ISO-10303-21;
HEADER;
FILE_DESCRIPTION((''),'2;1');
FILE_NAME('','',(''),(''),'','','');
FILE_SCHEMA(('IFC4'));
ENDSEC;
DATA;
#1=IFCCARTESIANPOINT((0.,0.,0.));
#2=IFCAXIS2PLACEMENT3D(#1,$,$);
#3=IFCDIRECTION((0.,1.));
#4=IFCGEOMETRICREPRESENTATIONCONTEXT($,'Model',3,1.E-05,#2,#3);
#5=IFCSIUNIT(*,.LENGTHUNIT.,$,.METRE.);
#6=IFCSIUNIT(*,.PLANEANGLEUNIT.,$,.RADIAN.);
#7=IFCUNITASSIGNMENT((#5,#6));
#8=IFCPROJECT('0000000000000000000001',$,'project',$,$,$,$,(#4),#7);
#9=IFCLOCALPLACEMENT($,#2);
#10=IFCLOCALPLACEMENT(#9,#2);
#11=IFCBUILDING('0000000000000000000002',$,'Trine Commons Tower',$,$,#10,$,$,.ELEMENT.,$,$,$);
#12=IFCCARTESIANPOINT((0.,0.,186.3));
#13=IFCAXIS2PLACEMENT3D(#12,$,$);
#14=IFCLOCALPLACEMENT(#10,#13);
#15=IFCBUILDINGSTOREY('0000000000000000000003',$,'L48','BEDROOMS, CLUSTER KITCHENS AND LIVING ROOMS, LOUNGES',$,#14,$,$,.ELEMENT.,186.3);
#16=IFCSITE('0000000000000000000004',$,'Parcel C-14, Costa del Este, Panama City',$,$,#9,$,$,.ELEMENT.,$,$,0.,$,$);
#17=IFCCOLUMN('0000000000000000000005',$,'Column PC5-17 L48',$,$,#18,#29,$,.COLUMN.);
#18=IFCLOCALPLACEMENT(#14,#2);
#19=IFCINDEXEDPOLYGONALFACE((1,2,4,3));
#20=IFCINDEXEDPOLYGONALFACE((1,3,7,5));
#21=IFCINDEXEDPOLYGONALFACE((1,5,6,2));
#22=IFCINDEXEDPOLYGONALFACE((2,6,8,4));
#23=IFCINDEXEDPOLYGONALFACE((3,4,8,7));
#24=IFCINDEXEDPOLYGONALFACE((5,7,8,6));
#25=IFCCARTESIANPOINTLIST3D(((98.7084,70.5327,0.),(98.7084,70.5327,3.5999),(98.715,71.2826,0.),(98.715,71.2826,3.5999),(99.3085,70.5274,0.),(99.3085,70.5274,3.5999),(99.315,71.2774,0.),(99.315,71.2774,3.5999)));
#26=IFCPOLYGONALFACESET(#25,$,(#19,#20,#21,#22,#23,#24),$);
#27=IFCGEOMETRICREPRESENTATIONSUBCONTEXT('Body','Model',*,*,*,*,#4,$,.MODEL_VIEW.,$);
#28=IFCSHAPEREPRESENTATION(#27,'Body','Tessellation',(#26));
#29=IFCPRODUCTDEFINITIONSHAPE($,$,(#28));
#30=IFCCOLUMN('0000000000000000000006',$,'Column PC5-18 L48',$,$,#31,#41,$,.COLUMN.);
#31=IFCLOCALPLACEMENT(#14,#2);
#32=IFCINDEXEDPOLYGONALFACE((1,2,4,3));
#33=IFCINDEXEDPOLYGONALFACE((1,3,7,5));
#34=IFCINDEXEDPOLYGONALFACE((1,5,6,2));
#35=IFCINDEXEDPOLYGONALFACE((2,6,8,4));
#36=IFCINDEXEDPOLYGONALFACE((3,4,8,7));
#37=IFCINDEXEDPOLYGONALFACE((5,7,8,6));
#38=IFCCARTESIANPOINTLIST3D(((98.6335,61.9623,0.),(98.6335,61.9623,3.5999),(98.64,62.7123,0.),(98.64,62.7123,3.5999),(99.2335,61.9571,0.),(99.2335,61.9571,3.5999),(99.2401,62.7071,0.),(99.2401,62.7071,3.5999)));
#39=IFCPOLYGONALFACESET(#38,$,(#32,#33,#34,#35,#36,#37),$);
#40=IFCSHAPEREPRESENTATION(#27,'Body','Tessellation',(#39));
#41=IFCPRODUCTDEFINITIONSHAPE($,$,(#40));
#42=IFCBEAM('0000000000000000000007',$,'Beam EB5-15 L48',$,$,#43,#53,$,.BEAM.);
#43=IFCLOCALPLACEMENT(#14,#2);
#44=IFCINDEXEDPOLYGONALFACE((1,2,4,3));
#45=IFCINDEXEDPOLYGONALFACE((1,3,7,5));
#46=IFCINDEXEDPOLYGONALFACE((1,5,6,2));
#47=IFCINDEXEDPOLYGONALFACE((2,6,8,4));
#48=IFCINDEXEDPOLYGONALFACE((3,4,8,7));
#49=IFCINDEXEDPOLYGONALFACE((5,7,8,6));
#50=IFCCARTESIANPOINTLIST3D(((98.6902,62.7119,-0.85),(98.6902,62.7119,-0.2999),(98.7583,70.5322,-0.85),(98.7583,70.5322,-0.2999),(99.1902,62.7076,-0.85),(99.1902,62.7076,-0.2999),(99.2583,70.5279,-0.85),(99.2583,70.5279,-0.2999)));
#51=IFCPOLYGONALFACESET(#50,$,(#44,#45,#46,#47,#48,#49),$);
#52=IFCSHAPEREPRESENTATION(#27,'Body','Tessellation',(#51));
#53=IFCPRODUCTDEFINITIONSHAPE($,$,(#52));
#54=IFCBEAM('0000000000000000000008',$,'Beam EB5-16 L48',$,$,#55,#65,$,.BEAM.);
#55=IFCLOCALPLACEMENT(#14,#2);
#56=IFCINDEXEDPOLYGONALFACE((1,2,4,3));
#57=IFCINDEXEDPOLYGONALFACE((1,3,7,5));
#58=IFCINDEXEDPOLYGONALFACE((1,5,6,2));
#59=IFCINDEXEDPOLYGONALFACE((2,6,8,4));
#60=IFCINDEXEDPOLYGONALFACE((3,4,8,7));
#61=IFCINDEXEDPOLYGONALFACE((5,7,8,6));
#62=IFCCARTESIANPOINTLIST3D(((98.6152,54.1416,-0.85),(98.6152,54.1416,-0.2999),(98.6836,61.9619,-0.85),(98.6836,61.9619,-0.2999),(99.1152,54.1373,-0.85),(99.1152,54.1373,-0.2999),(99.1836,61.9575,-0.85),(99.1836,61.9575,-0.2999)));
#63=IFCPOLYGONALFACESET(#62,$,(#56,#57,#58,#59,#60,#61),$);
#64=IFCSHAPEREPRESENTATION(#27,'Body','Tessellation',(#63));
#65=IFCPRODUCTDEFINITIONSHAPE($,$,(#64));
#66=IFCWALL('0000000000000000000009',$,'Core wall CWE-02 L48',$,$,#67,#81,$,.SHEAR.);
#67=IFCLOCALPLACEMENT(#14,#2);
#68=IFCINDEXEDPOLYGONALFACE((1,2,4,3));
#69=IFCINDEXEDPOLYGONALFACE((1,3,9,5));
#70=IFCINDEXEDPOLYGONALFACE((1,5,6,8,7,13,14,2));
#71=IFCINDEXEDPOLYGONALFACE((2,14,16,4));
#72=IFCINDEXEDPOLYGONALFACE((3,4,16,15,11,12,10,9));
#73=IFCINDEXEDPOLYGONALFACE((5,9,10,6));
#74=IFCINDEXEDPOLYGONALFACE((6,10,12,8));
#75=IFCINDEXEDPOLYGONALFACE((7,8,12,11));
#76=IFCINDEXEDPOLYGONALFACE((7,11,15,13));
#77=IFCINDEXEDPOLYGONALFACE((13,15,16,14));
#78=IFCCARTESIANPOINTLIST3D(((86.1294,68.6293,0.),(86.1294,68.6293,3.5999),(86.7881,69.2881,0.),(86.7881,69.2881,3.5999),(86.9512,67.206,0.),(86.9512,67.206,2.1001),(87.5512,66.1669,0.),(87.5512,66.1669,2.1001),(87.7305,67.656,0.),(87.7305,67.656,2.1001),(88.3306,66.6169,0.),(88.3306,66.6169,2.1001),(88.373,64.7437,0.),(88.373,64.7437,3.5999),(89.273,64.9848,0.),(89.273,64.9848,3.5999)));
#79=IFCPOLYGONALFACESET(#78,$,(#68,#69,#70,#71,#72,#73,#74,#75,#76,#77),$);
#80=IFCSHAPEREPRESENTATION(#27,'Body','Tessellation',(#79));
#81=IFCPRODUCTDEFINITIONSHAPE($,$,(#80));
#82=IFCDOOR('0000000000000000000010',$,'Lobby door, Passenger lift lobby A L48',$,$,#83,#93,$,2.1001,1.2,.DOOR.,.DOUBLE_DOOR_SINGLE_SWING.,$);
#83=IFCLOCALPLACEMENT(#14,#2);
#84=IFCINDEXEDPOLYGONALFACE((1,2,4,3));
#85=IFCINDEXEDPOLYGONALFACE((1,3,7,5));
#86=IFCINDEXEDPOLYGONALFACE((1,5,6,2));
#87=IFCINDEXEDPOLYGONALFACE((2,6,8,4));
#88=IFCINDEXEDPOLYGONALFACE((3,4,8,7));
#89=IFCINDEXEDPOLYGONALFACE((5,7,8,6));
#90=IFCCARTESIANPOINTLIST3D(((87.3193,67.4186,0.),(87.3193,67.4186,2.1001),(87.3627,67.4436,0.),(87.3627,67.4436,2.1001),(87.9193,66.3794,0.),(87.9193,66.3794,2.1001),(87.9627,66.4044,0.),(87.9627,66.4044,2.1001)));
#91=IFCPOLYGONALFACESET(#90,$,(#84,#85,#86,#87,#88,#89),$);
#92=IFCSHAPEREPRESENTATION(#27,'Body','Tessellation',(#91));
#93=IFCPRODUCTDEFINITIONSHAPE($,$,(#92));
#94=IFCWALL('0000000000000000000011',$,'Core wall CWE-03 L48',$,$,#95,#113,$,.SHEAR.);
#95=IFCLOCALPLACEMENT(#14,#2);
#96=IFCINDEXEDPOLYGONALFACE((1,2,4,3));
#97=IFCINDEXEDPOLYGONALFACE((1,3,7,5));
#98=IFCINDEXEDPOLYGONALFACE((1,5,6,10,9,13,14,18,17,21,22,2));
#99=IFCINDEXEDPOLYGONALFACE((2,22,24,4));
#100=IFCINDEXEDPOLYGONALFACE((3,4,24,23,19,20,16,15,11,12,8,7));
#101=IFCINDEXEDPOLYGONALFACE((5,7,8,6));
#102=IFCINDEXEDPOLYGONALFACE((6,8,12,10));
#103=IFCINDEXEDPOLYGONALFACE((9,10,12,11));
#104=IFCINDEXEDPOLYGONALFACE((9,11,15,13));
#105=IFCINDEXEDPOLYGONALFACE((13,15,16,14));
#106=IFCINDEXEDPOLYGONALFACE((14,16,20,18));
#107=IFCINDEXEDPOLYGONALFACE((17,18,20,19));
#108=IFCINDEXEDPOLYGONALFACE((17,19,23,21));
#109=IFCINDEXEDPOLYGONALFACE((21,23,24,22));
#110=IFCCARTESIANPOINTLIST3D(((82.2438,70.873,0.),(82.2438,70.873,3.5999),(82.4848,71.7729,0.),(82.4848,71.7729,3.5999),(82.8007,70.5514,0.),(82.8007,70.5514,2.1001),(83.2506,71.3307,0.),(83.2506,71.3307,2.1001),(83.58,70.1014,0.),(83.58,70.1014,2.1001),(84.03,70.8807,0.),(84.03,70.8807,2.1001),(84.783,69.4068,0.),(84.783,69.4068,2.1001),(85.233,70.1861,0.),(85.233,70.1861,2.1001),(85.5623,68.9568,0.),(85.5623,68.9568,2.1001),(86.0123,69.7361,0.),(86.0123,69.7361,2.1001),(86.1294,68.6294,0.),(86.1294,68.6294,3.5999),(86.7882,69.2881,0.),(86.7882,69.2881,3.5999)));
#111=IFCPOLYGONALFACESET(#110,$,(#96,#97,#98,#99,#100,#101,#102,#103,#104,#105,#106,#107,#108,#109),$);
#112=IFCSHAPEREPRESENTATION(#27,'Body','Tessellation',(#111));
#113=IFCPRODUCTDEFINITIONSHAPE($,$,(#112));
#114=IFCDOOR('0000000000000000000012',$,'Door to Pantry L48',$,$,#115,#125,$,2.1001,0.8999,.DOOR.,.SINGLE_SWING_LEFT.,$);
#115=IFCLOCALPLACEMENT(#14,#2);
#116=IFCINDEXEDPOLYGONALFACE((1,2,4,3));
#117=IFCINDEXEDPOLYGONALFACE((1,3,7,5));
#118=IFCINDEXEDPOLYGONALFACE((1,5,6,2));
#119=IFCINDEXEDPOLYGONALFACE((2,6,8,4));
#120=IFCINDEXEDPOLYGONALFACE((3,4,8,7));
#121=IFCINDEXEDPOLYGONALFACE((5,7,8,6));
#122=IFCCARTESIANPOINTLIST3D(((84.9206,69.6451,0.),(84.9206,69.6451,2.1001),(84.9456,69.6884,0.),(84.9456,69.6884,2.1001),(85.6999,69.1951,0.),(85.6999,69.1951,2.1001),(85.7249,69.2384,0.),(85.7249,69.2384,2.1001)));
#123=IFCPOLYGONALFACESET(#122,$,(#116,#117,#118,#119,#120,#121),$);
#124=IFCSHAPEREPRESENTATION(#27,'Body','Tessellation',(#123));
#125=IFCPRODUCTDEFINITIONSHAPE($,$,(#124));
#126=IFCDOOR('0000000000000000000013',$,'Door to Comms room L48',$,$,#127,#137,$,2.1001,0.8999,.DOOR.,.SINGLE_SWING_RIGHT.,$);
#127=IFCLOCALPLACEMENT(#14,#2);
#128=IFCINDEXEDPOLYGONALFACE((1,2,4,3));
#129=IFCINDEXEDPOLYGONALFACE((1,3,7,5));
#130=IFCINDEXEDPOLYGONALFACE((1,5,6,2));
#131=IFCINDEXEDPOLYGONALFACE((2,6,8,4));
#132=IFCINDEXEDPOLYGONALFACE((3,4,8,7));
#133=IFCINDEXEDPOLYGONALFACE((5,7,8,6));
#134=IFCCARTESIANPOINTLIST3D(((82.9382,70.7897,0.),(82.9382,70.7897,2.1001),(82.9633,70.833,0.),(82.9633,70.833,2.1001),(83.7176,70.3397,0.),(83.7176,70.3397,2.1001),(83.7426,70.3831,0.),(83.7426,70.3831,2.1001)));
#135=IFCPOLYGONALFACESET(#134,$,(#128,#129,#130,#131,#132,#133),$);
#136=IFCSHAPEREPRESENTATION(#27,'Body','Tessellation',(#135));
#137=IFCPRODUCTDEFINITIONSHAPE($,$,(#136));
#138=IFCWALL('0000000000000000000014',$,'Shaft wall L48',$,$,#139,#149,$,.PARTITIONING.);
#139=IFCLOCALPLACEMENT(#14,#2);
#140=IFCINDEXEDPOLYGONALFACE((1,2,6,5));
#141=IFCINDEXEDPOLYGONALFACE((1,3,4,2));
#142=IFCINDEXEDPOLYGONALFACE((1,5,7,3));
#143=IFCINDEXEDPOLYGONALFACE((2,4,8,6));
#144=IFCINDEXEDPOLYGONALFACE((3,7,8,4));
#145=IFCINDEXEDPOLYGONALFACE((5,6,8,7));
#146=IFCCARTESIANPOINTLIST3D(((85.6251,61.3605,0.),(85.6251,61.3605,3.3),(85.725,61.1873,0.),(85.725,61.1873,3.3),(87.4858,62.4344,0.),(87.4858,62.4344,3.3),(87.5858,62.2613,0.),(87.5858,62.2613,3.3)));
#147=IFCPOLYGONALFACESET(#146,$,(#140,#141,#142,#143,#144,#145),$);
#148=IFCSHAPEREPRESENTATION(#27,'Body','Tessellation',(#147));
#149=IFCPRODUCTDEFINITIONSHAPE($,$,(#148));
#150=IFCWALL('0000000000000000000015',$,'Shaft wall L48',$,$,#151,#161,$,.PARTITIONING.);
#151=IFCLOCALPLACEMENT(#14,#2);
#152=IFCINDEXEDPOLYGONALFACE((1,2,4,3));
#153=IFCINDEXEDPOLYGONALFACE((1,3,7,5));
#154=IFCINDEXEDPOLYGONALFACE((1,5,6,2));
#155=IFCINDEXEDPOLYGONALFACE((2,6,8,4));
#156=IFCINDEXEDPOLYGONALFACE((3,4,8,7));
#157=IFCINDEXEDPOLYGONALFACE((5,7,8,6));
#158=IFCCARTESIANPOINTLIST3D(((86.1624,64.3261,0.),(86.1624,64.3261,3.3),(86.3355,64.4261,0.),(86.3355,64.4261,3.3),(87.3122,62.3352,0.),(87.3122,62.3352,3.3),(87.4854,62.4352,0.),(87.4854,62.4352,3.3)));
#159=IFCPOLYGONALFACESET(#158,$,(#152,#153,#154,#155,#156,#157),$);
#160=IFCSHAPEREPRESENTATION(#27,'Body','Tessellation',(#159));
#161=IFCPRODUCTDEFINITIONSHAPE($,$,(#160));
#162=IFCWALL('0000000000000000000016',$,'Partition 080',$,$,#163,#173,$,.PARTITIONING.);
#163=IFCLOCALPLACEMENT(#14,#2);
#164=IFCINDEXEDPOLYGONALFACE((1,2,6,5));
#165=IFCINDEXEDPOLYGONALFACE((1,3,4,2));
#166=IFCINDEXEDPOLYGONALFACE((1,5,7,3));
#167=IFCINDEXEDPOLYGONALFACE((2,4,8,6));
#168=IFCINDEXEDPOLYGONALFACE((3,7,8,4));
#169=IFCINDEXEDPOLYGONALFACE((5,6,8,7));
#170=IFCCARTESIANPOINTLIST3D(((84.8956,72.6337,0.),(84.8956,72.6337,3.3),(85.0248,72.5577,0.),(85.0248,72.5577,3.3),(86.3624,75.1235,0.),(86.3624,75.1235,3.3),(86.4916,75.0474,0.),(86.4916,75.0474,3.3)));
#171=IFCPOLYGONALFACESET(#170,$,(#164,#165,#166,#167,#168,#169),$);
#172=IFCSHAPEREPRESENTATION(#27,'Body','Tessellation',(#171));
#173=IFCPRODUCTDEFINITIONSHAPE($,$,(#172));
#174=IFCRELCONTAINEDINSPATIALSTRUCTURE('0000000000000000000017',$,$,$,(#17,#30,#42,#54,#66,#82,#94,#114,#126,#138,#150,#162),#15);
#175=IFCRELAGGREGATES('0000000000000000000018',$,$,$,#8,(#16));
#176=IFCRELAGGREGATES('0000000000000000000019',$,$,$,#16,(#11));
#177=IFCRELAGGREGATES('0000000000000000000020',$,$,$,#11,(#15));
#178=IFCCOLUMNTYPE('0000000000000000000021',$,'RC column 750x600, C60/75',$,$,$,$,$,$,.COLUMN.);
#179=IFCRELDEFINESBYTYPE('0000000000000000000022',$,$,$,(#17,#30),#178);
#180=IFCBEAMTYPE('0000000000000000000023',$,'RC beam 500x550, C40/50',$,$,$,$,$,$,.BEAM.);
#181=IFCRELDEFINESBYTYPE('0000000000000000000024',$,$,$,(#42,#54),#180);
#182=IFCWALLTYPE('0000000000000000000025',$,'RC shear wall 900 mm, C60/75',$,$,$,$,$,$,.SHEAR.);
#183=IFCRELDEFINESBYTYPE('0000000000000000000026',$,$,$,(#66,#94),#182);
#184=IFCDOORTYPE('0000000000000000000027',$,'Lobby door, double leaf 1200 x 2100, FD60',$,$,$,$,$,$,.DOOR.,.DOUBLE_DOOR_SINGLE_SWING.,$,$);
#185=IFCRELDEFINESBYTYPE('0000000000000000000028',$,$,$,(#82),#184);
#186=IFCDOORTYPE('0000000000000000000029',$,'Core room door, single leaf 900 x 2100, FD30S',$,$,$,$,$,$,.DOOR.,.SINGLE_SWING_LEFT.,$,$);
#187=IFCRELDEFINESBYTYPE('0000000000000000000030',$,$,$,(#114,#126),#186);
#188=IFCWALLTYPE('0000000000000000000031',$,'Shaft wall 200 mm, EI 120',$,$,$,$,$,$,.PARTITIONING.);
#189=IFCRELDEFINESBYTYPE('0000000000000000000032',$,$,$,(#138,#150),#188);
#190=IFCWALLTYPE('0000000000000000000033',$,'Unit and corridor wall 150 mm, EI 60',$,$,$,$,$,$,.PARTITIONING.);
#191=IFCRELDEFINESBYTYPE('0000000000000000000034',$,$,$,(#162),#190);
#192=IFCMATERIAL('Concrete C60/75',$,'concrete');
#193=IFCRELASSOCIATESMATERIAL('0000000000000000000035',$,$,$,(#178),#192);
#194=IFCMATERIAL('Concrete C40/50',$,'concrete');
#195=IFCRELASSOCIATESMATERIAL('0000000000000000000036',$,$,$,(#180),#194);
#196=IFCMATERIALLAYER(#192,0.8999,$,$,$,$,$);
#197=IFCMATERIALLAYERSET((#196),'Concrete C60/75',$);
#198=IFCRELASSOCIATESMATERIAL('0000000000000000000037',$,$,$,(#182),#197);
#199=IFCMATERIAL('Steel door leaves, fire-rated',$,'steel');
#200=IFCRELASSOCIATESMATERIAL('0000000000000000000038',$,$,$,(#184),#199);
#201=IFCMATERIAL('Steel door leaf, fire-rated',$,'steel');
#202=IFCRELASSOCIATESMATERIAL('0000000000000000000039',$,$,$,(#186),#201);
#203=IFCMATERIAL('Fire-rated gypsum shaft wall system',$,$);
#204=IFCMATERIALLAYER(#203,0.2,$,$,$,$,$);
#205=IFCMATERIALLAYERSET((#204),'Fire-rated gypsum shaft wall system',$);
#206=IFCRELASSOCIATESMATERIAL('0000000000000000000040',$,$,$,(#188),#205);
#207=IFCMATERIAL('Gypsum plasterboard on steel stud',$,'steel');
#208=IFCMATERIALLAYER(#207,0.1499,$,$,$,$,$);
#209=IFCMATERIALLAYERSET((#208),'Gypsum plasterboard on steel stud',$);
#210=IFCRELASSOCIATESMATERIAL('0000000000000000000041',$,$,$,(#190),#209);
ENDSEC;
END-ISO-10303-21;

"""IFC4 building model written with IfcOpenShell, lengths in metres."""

from ifc_helpers import new_model, si_unit, direction, frame, frame_2d, origin, origin_2d, place, context, subcontext, project, spatial, polyline, rectangle, outline, extrude, material, layer, layer_set, material_profile, profile_set, type_object, element, fill, save


model = new_model("IFC4")

# Units and contexts
model_context = context("Model", 3, precision=1e-05, world=origin(), true_north=direction((0.0, 1.0)))
body_context = subcontext(model_context, "Body", "Model", "MODEL_VIEW")
ifc_project = project(units=[si_unit("LENGTHUNIT", "METRE"), si_unit("PLANEANGLEUNIT", "RADIAN")], contexts=[model_context])

# Site, building, storey
site_placement = place(None, origin())
site = spatial("IfcSite", under=ifc_project, at=site_placement, Name="Parcel C-14, Costa del Este, Panama City", CompositionType="ELEMENT", RefElevation=0.0)
building_placement = place(site_placement, origin())
building = spatial("IfcBuilding", under=site, at=building_placement, Name="Trine Commons Tower", CompositionType="ELEMENT")
storey_placement = place(building_placement, frame((0.0, 0.0, 186.3)))
storey = spatial("IfcBuildingStorey", under=building, at=storey_placement, Name="L48", Description="BEDROOMS, CLUSTER KITCHENS AND LIVING ROOMS, LOUNGES", CompositionType="ELEMENT", Elevation=186.3)

# Columns
ifc_material_1 = material(Name="Concrete C60/75", Category="concrete")
ifc_material_profile_1 = material_profile(ifc_material_1, rectangle(XDim=0.75, YDim=0.6001, at=origin_2d()), Name="RC 750x600")
ifc_profile_set_1 = profile_set([ifc_material_profile_1], Name="Concrete C60/75")
column_type = type_object("IfcColumnType", Name="RC column 750x600, C60/75", PredefinedType="COLUMN", material=ifc_profile_set_1)
for number, where, z_axis, x_axis, name in (
    (1, (99.0117, 70.905, 0.0), (0.0, 0.0, 1.0), (0.008727, 0.999962, 0.0), "Column PC5-17 L48"),
    (2, (98.9368, 62.3347, 0.0), (0.0, 0.0, 1.0), (0.008727, 0.999962, 0.0), "Column PC5-18 L48"),
):
    element("IfcColumn", number, at=place(storey_placement, frame(where, z_axis=z_axis, x_axis=x_axis)), inside=storey, type_object=column_type, Name=name, PredefinedType="COLUMN", context=body_context, shape_type="SweptSolid", body=[
        extrude(rectangle(XDim=0.75, YDim=0.6001, at=origin_2d()), origin(), (0.0, 0.0, 1.0), 3.5999),
    ])

# Beams
ifc_material_2 = material(Name="Concrete C40/50", Category="concrete")
ifc_material_profile_2 = material_profile(ifc_material_2, rectangle(XDim=0.5, YDim=0.55, at=origin_2d()), Name="RC 500x550")
ifc_profile_set_2 = profile_set([ifc_material_profile_2], Name="Concrete C40/50")
beam_type = type_object("IfcBeamType", Name="RC beam 500x550, C40/50", PredefinedType="BEAM", material=ifc_profile_set_2)
for number, where, z_axis, x_axis, name in (
    (3, (99.0083, 70.53, -0.575), (-0.00871, -0.999962, 0.0), (0.999962, -0.00871, 0.0), "Beam EB5-15 L48"),
    (4, (98.9336, 61.9597, -0.575), (-0.008741, -0.999962, 0.0), (0.999962, -0.008741, 0.0), "Beam EB5-16 L48"),
):
    element("IfcBeam", number, at=place(storey_placement, frame(where, z_axis=z_axis, x_axis=x_axis)), inside=storey, type_object=beam_type, Name=name, PredefinedType="BEAM", context=body_context, shape_type="SweptSolid", body=[
        extrude(rectangle(XDim=0.5, YDim=0.55, at=origin_2d()), origin(), (0.0, 0.0, 1.0), 7.8206),
    ])

# Wall, opening, door
ifc_layer_1 = layer(ifc_material_1, 0.8999)
ifc_layer_set_1 = layer_set([ifc_layer_1], Name="Concrete C60/75")
wall_type_1 = type_object("IfcWallType", Name="RC shear wall 900 mm, C60/75", PredefinedType="SHEAR", material=ifc_layer_set_1)
wall_1_placement = place(storey_placement, frame((88.8833, 64.7598, 0.0), z_axis=(0.0, 0.0, 1.0), x_axis=(-0.500039, 0.866003, 0.0)))
wall_1 = element("IfcWall", 5, at=wall_1_placement, inside=storey, type_object=wall_type_1, Name="Core wall CWE-02 L48", PredefinedType="SHEAR", context=body_context, shape_type="SweptSolid", body=[
    extrude(outline(polyline([(0.0, -0.45), (4.9692, -0.45), (4.728, 0.45), (0.2412, 0.45), (0.0, -0.45)])), origin(), (0.0, 0.0, 1.0), 3.5999),
])
opening_1_placement = place(wall_1_placement, frame((1.8845, 0.0, 0.0)))
opening_1 = element("IfcOpeningElement", 6, at=opening_1_placement, cuts=wall_1, PredefinedType="OPENING", context=body_context, shape_type="SweptSolid", body=[
    extrude(rectangle(XDim=1.2, YDim=2.1001, at=frame_2d((0.6001, 1.05))), frame((0.0, 0.46, 0.0), z_axis=(0.0, -1.0, 0.0), x_axis=(1.0, 0.0, 0.0)), (0.0, 0.0, 1.0), 0.9199),
])
ifc_material_3 = material(Name="Steel door leaves, fire-rated", Category="steel")
door_type_1 = type_object("IfcDoorType", Name="Lobby door, double leaf 1200 x 2100, FD60", OperationType="DOUBLE_DOOR_SINGLE_SWING", PredefinedType="DOOR", material=ifc_material_3)
door_1_placement = place(opening_1_placement, origin())
door_1 = element("IfcDoor", 7, at=door_1_placement, inside=storey, type_object=door_type_1, Name="Lobby door, Passenger lift lobby A L48", OperationType="DOUBLE_DOOR_SINGLE_SWING", OverallHeight=2.1001, OverallWidth=1.2, PredefinedType="DOOR", context=body_context, shape_type="SweptSolid", body=[
    extrude(rectangle(XDim=1.2, YDim=2.1001, at=frame_2d((0.6001, 1.05))), frame((0.0, 0.0249, 0.0), z_axis=(0.0, -1.0, 0.0), x_axis=(1.0, 0.0, 0.0)), (0.0, 0.0, 1.0), 0.05),
])
fill(opening_1, door_1)

# Wall, openings, doors
wall_2_placement = place(storey_placement, frame((86.5632, 68.8984, 0.0), z_axis=(0.0, 0.0, 1.0), x_axis=(-0.866003, 0.500039, 0.0)))
wall_2 = element("IfcWall", 8, at=wall_2_placement, inside=storey, type_object=wall_type_1, Name="Core wall CWE-03 L48", PredefinedType="SHEAR", context=body_context, shape_type="SweptSolid", body=[
    extrude(outline(polyline([(0.0, -0.45), (4.9692, -0.45), (4.728, 0.45), (0.2412, 0.45), (0.0, -0.45)])), origin(), (0.0, 0.0, 1.0), 3.5999),
])
opening_2_placement = place(wall_2_placement, frame((0.896, 0.0, 0.0)))
opening_2 = element("IfcOpeningElement", 9, at=opening_2_placement, cuts=wall_2, PredefinedType="OPENING", context=body_context, shape_type="SweptSolid", body=[
    extrude(rectangle(XDim=0.8999, YDim=2.1001, at=frame_2d((0.45, 1.05))), frame((0.0, 0.46, 0.0), z_axis=(0.0, -1.0, 0.0), x_axis=(1.0, 0.0, 0.0)), (0.0, 0.0, 1.0), 0.9199),
])
opening_3_placement = place(wall_2_placement, frame((3.1851, 0.0, 0.0)))
opening_3 = element("IfcOpeningElement", 10, at=opening_3_placement, cuts=wall_2, PredefinedType="OPENING", context=body_context, shape_type="SweptSolid", body=[
    extrude(rectangle(XDim=0.8999, YDim=2.1001, at=frame_2d((0.45, 1.05))), frame((0.0, 0.46, 0.0), z_axis=(0.0, -1.0, 0.0), x_axis=(1.0, 0.0, 0.0)), (0.0, 0.0, 1.0), 0.9199),
])
ifc_material_4 = material(Name="Steel door leaf, fire-rated", Category="steel")
door_type_2 = type_object("IfcDoorType", Name="Core room door, single leaf 900 x 2100, FD30S", OperationType="SINGLE_SWING_LEFT", PredefinedType="DOOR", material=ifc_material_4)
door_2_placement = place(opening_2_placement, origin())
door_2 = element("IfcDoor", 11, at=door_2_placement, inside=storey, type_object=door_type_2, Name="Door to Pantry L48", OperationType="SINGLE_SWING_LEFT", OverallHeight=2.1001, OverallWidth=0.8999, PredefinedType="DOOR", context=body_context, shape_type="SweptSolid", body=[
    extrude(rectangle(XDim=0.8999, YDim=2.1001, at=frame_2d((0.45, 1.05))), frame((0.0, 0.1748, 0.0), z_axis=(0.0, -1.0, 0.0), x_axis=(1.0, 0.0, 0.0)), (0.0, 0.0, 1.0), 0.05),
])
fill(opening_2, door_2)
door_3_placement = place(opening_3_placement, origin())
door_3 = element("IfcDoor", 12, at=door_3_placement, inside=storey, type_object=door_type_2, Name="Door to Comms room L48", OperationType="SINGLE_SWING_RIGHT", OverallHeight=2.1001, OverallWidth=0.8999, PredefinedType="DOOR", context=body_context, shape_type="SweptSolid", body=[
    extrude(rectangle(XDim=0.8999, YDim=2.1001, at=frame_2d((0.45, 1.05))), frame((0.0, 0.1748, 0.0), z_axis=(0.0, -1.0, 0.0), x_axis=(1.0, 0.0, 0.0)), (0.0, 0.0, 1.0), 0.05),
])
fill(opening_3, door_3)

# Walls
ifc_material_5 = material(Name="Fire-rated gypsum shaft wall system")
ifc_layer_2 = layer(ifc_material_5, 0.2)
ifc_layer_set_2 = layer_set([ifc_layer_2], Name="Fire-rated gypsum shaft wall system")
wall_type_2 = type_object("IfcWallType", Name="Shaft wall 200 mm, EI 120", PredefinedType="PARTITIONING", material=ifc_layer_set_2)
wall_3_placement = place(storey_placement, frame((85.675, 61.2739, 0.0), z_axis=(0.0, 0.0, 1.0), x_axis=(0.866102, 0.499867, 0.0)))
element("IfcWall", 13, at=wall_3_placement, inside=storey, type_object=wall_type_2, Name="Shaft wall L48", PredefinedType="PARTITIONING", context=body_context, shape_type="SweptSolid", body=[
    extrude(rectangle(XDim=2.1484, YDim=0.2, at=frame_2d((1.0742, 0.0))), origin(), (0.0, 0.0, 1.0), 3.3),
])
wall_4_placement = place(storey_placement, frame((86.249, 64.376, 0.0), z_axis=(0.0, 0.0, 1.0), x_axis=(0.500136, -0.865947, 0.0)))
element("IfcWall", 14, at=wall_4_placement, inside=storey, type_object=wall_type_2, Name="Shaft wall L48", PredefinedType="PARTITIONING", context=body_context, shape_type="SweptSolid", body=[
    extrude(rectangle(XDim=2.2991, YDim=0.2, at=frame_2d((1.1494, 0.0))), origin(), (0.0, 0.0, 1.0), 3.3),
])
ifc_material_6 = material(Name="Gypsum plasterboard on steel stud", Category="steel")
ifc_layer_3 = layer(ifc_material_6, 0.1499)
ifc_layer_set_3 = layer_set([ifc_layer_3], Name="Gypsum plasterboard on steel stud")
wall_type_3 = type_object("IfcWallType", Name="Unit and corridor wall 150 mm, EI 60", PredefinedType="PARTITIONING", material=ifc_layer_set_3)
wall_5_placement = place(storey_placement, frame((84.9602, 72.5957, 0.0), z_axis=(0.0, 0.0, 1.0), x_axis=(0.507596, 0.861595, 0.0)))
element("IfcWall", 15, at=wall_5_placement, inside=storey, type_object=wall_type_3, Name="Partition 080", PredefinedType="PARTITIONING", context=body_context, shape_type="SweptSolid", body=[
    extrude(rectangle(XDim=2.8896, YDim=0.1499, at=frame_2d((1.4448, 0.0))), origin(), (0.0, 0.0, 1.0), 3.3),
])

save(model, "model.ifc")
